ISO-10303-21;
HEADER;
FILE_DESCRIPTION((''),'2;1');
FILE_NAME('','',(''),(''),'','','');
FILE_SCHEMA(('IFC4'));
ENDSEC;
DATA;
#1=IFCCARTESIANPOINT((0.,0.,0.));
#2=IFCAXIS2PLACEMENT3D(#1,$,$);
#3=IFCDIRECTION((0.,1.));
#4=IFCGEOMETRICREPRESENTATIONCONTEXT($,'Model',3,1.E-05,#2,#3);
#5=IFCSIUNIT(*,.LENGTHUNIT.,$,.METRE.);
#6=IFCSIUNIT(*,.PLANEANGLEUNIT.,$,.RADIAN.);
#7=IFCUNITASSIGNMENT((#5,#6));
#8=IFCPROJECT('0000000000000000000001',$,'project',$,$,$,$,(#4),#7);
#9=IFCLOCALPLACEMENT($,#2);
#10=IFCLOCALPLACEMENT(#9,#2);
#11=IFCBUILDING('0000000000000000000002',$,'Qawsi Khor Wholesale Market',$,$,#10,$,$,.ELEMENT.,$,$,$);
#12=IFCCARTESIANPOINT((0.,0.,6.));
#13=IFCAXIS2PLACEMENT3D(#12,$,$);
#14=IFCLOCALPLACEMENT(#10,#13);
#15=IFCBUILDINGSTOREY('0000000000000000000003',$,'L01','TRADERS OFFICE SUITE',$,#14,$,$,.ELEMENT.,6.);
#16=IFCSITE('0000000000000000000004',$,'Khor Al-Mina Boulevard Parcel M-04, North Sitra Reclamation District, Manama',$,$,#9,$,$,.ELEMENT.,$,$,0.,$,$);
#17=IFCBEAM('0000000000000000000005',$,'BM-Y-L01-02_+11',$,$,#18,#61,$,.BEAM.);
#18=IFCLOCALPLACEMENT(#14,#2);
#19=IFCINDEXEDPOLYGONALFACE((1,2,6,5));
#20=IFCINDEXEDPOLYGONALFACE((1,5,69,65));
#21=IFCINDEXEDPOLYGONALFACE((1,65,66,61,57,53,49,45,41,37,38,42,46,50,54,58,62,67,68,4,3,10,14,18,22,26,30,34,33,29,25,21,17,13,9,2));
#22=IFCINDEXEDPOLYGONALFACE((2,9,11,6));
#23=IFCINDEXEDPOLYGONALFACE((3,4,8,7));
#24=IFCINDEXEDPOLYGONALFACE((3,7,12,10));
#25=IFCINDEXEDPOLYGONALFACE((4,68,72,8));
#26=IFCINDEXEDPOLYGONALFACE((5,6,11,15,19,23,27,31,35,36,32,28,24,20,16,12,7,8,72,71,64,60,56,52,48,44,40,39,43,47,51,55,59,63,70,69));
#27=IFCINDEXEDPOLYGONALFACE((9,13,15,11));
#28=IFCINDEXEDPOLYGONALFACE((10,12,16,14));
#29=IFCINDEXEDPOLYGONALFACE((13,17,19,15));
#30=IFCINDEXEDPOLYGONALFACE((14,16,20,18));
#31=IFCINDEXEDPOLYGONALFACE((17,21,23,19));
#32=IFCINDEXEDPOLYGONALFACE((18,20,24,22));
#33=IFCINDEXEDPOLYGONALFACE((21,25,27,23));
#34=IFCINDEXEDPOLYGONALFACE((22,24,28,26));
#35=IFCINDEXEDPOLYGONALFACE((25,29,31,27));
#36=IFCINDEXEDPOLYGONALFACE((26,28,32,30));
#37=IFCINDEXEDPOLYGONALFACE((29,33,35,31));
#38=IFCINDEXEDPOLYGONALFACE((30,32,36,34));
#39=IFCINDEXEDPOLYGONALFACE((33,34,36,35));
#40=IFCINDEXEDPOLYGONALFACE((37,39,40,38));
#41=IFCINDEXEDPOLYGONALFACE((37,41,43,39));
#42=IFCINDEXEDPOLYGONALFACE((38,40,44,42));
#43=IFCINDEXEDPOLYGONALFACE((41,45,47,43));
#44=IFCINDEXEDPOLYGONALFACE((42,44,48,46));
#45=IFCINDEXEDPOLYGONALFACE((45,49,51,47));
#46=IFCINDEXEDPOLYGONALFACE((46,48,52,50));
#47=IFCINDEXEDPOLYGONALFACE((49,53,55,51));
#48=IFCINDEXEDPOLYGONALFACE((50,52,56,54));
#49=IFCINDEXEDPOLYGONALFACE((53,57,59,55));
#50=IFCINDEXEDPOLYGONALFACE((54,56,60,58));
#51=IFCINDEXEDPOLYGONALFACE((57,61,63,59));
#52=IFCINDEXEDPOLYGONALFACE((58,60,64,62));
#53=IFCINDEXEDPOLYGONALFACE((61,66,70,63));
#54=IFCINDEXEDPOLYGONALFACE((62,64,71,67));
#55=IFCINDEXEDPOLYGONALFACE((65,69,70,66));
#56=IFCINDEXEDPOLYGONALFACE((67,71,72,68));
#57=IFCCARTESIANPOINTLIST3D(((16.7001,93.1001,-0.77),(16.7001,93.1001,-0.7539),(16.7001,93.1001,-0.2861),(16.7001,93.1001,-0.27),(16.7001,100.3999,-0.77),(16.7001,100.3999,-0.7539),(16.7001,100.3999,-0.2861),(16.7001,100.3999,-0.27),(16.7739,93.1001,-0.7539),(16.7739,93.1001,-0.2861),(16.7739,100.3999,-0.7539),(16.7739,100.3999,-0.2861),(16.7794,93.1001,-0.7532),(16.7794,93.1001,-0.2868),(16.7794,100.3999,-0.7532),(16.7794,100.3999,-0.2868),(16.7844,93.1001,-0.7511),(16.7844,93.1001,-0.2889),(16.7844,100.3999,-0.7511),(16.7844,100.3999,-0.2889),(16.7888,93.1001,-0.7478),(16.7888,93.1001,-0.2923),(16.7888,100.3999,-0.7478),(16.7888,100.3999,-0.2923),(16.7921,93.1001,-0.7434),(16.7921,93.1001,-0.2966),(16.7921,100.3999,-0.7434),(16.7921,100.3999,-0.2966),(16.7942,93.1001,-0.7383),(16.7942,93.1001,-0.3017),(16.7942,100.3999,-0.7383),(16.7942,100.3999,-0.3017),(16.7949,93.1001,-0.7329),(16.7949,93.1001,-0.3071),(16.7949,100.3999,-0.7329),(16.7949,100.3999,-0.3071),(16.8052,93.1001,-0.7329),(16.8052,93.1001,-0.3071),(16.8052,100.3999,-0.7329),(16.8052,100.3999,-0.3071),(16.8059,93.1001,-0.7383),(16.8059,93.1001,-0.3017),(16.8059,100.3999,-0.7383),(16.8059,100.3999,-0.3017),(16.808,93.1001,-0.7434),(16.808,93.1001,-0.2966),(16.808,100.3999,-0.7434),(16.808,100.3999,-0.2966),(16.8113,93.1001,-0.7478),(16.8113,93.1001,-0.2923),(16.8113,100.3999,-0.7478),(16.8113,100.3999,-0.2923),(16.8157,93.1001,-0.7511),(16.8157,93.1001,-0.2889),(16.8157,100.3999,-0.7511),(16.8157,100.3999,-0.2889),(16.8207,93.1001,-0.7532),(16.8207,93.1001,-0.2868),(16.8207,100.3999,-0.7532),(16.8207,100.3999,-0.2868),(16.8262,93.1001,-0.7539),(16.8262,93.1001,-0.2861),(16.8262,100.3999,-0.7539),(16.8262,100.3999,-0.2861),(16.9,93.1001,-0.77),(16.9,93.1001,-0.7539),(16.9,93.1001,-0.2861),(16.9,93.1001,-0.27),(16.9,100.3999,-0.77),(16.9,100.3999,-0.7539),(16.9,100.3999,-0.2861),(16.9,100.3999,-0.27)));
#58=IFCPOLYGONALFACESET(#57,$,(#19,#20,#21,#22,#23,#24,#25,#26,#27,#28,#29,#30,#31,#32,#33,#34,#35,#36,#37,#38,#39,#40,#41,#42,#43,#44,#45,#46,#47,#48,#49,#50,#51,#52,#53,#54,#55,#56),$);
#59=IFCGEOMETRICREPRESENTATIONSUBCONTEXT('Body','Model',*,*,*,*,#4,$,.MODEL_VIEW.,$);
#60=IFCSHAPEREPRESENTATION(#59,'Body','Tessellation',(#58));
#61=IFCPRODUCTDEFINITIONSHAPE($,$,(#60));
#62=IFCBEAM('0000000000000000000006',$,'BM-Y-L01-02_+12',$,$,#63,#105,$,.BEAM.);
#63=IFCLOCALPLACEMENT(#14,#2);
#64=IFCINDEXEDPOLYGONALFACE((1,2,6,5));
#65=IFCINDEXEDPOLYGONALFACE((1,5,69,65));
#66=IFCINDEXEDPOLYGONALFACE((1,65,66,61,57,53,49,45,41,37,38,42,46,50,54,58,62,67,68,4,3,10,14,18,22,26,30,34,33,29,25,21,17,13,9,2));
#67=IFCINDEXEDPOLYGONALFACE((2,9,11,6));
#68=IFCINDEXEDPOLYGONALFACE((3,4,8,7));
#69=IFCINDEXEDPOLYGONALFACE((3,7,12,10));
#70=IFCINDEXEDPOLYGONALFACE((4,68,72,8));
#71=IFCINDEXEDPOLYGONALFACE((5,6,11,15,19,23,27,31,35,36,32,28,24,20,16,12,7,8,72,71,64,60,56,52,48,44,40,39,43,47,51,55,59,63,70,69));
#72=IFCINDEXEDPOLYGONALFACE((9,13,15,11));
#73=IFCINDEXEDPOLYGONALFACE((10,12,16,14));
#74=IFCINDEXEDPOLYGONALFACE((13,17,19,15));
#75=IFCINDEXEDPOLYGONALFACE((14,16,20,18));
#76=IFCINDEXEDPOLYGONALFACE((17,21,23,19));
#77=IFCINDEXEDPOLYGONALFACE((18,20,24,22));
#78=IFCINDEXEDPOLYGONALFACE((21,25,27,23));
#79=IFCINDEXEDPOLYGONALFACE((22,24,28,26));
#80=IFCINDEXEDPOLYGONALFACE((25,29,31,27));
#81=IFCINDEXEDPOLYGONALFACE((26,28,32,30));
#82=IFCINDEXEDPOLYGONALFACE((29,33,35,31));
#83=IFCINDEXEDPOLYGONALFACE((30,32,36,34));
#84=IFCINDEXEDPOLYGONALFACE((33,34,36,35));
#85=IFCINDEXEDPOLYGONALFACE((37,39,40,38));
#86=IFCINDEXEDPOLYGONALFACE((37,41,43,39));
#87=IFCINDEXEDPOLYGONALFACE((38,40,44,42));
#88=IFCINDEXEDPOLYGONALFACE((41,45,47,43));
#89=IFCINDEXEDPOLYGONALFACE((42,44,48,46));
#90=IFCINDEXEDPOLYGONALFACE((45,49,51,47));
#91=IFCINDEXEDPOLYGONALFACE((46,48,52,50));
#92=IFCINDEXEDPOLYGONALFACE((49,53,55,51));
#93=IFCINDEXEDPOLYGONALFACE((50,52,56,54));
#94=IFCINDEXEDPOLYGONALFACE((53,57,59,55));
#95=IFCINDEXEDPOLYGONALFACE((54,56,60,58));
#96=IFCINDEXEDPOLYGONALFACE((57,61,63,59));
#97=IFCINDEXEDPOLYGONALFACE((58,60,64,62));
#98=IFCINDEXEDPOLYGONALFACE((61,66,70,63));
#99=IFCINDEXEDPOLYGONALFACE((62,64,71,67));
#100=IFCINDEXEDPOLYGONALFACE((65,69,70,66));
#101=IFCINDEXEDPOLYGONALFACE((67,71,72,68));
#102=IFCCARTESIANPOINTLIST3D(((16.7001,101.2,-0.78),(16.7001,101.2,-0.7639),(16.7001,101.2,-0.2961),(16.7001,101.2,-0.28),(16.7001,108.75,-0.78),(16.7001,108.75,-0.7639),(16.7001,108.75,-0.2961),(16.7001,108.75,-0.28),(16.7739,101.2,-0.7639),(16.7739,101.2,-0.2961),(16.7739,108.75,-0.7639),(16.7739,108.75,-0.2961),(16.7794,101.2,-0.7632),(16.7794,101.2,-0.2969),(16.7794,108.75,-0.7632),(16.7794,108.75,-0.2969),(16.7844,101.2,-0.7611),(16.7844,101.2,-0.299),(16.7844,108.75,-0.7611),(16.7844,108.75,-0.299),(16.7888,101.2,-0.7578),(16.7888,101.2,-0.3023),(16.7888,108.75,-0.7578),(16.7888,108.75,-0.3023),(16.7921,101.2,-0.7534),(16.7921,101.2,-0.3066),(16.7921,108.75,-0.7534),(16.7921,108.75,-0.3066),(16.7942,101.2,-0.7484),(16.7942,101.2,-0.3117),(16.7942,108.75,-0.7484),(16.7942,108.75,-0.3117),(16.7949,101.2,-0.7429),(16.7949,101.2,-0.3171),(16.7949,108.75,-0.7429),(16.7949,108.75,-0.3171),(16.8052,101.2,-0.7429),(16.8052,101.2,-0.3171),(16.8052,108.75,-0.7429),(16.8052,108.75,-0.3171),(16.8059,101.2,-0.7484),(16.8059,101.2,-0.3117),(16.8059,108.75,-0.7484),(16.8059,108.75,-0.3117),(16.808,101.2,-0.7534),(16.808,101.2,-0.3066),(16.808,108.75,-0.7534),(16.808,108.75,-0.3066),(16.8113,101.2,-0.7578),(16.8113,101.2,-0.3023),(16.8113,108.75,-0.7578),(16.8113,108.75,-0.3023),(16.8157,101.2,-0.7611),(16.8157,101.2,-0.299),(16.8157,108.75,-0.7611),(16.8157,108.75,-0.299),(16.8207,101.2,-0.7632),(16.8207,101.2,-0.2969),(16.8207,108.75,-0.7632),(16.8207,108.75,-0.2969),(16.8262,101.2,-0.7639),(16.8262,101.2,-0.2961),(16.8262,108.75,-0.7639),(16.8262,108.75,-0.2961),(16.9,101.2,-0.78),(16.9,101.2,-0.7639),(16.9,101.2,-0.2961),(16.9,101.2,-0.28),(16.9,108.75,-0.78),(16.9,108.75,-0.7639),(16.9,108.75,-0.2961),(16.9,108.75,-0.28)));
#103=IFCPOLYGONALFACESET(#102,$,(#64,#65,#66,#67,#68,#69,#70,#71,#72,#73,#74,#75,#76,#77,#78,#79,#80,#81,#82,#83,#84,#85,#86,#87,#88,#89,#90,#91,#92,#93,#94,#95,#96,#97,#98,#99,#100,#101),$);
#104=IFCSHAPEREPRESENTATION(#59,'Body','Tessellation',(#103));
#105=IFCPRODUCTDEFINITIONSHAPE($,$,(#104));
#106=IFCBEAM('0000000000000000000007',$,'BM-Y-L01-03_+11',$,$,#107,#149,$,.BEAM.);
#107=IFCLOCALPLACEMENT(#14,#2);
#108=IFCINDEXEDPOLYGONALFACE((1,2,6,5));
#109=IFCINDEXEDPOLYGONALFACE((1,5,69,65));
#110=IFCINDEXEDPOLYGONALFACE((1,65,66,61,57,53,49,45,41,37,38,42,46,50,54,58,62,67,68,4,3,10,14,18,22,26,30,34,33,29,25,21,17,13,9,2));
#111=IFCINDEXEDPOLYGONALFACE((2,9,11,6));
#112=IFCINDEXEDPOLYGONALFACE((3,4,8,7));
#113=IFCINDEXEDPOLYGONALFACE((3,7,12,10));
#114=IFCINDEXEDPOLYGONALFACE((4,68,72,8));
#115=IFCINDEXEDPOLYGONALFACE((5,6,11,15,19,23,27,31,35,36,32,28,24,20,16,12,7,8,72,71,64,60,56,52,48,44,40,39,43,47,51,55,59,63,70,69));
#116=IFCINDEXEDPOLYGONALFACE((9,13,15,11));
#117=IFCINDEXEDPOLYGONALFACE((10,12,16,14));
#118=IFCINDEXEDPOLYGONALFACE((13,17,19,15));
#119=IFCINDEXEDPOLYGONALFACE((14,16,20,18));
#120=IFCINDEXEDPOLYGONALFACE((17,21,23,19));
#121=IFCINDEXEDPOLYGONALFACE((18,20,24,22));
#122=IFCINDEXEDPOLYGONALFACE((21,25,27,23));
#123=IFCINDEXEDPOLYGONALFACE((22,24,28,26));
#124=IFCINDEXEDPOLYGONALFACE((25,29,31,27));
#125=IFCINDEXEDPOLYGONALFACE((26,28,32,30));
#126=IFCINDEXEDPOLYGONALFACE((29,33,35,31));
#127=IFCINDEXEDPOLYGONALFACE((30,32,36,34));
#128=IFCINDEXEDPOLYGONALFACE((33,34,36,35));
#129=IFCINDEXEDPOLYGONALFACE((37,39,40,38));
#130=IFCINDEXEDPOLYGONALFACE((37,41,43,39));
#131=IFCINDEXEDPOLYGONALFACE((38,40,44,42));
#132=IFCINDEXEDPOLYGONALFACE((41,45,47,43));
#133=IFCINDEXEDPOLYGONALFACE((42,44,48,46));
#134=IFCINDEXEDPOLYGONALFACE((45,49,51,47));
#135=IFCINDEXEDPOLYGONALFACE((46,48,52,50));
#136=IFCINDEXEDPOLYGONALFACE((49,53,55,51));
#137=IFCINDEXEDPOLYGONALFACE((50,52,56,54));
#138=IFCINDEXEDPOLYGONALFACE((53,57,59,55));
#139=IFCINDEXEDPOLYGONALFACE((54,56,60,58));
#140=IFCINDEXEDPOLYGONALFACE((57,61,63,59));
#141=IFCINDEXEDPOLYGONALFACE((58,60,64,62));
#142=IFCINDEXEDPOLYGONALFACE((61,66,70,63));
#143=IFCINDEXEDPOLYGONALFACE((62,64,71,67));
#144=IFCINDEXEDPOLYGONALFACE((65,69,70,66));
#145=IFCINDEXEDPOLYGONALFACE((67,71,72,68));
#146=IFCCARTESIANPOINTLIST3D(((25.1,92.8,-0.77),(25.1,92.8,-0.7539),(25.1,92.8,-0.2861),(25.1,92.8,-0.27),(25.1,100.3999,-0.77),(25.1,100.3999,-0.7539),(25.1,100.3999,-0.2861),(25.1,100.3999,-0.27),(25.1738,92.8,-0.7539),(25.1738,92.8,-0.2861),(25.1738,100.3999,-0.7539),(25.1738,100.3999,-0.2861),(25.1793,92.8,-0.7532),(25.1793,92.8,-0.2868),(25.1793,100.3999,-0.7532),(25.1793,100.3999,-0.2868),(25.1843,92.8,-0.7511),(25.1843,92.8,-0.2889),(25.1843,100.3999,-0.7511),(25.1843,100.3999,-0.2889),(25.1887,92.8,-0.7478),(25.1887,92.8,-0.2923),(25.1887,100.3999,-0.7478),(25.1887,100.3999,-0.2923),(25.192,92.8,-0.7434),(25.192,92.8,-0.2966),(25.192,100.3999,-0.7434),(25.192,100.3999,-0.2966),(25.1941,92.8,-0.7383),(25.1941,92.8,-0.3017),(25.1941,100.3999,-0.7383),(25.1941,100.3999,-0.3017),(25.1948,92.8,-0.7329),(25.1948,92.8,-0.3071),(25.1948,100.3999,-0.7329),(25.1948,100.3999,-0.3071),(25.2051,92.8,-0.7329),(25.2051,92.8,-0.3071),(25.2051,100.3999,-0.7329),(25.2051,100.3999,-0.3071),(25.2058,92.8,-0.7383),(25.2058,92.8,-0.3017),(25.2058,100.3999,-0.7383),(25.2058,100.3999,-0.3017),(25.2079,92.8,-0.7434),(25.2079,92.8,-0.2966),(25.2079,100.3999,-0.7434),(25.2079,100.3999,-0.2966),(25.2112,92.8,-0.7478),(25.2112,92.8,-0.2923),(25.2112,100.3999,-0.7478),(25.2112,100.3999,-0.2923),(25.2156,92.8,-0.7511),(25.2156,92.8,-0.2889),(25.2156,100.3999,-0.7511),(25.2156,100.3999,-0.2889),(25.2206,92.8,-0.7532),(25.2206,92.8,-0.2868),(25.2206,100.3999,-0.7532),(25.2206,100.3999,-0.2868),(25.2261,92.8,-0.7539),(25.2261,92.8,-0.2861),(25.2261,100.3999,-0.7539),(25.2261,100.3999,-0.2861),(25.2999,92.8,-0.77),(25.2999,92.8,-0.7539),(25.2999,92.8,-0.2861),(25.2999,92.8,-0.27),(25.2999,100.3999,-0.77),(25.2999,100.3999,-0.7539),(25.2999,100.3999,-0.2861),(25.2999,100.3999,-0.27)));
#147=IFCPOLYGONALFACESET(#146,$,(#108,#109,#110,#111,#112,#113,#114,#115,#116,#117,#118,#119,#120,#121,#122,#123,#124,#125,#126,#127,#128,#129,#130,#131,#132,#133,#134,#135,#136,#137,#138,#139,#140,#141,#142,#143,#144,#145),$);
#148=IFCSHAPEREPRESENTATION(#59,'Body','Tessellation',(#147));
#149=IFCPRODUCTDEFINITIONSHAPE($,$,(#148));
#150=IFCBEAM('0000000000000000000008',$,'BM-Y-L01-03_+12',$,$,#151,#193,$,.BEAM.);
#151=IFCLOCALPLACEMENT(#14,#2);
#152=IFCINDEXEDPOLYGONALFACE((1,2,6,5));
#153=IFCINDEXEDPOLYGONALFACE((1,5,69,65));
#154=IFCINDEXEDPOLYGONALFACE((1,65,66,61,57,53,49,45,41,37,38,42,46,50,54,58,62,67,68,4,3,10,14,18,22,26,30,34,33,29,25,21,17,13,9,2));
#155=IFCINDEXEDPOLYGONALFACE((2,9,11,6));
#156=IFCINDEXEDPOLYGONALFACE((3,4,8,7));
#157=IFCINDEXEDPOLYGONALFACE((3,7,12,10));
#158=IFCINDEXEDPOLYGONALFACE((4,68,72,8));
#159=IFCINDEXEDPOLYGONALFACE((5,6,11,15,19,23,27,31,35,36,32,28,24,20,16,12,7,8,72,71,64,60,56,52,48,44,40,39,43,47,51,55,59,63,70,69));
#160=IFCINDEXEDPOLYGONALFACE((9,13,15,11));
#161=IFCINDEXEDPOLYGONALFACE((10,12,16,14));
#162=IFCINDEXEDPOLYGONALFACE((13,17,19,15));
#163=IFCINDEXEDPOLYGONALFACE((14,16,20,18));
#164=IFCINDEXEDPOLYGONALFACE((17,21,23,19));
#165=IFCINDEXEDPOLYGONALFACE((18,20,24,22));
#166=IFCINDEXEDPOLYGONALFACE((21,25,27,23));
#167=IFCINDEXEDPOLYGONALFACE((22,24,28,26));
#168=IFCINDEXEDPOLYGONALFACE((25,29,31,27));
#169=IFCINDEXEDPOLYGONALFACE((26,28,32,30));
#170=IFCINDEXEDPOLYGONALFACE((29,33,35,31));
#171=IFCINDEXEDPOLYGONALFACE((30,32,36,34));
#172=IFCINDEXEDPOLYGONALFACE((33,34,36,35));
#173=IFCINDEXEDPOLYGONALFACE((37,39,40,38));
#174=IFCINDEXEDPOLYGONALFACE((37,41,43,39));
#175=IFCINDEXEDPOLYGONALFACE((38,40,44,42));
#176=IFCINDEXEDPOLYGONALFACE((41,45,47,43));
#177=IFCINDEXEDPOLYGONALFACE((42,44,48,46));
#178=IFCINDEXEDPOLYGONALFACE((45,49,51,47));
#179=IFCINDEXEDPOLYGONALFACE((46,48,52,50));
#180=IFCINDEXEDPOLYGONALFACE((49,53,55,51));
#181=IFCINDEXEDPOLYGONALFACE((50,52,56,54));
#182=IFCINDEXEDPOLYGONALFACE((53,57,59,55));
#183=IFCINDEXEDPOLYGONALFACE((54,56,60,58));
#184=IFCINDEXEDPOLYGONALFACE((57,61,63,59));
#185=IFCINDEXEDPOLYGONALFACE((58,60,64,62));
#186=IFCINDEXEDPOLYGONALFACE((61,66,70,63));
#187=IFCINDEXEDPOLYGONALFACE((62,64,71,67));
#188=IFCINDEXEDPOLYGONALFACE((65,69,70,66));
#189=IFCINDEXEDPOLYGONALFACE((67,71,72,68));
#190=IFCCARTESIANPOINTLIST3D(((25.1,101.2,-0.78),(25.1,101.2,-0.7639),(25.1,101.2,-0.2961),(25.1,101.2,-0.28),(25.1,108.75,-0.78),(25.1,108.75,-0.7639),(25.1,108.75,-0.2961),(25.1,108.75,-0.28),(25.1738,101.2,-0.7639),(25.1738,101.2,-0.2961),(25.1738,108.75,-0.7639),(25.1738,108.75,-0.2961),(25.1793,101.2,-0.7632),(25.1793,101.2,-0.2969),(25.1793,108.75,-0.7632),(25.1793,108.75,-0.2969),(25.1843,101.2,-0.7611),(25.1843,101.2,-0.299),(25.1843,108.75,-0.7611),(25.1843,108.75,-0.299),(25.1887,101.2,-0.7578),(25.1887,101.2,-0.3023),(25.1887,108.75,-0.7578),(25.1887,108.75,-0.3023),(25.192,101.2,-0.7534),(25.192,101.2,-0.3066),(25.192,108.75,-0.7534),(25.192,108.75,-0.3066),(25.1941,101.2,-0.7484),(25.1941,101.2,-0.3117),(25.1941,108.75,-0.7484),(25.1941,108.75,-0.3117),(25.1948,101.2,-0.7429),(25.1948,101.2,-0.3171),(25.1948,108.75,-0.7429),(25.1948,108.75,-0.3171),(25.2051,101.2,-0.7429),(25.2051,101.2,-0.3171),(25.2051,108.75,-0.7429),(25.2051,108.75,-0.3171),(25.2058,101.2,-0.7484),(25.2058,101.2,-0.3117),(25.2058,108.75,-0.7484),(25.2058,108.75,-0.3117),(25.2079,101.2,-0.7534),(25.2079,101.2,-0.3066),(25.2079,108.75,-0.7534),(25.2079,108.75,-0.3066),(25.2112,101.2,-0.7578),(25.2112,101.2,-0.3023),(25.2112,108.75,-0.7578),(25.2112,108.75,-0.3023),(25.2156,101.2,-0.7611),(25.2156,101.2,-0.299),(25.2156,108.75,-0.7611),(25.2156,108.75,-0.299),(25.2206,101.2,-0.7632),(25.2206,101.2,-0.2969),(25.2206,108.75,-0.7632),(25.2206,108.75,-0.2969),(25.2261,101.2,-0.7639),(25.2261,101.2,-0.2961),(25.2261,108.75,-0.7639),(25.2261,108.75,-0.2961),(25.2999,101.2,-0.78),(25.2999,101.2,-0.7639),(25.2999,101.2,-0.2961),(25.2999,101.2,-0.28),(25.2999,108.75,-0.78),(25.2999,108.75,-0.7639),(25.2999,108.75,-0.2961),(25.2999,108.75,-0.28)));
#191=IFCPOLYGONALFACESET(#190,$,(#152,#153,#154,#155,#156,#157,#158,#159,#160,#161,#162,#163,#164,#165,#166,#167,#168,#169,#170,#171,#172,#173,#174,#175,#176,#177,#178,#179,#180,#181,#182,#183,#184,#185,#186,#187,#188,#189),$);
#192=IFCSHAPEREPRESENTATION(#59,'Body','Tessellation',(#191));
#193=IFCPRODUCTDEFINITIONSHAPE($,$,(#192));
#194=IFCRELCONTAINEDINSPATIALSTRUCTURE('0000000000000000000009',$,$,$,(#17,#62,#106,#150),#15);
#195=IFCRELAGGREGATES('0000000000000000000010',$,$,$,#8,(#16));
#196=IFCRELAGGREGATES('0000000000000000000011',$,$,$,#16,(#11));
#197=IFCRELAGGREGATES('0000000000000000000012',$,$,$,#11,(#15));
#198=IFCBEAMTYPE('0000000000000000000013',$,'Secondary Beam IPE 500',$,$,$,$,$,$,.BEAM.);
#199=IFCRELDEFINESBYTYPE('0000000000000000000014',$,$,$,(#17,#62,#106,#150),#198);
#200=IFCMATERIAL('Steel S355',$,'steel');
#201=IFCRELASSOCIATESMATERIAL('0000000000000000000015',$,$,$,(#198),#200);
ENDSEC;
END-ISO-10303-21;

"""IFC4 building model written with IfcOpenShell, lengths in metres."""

from ifc_helpers import new_model, si_unit, direction, frame, origin, origin_2d, place, context, subcontext, project, spatial, i_section, extrude, material, material_profile, profile_set, type_object, element, save


model = new_model("IFC4")

# Units and contexts
model_context = context("Model", 3, precision=1e-05, world=origin(), true_north=direction((0.0, 1.0)))
body_context = subcontext(model_context, "Body", "Model", "MODEL_VIEW")
ifc_project = project(units=[si_unit("LENGTHUNIT", "METRE"), si_unit("PLANEANGLEUNIT", "RADIAN")], contexts=[model_context])

# Site, building, storey
site_placement = place(None, origin())
site = spatial("IfcSite", under=ifc_project, at=site_placement, Name="Khor Al-Mina Boulevard Parcel M-04, North Sitra Reclamation District, Manama", CompositionType="ELEMENT", RefElevation=0.0)
building_placement = place(site_placement, origin())
building = spatial("IfcBuilding", under=site, at=building_placement, Name="Qawsi Khor Wholesale Market", CompositionType="ELEMENT")
storey_placement = place(building_placement, frame((0.0, 0.0, 6.0)))
storey = spatial("IfcBuildingStorey", under=building, at=storey_placement, Name="L01", Description="TRADERS OFFICE SUITE", CompositionType="ELEMENT", Elevation=6.0)

# Beams
ifc_material_1 = material(Name="Steel S355", Category="steel")
ifc_material_profile_1 = material_profile(ifc_material_1, i_section(OverallWidth=0.2, OverallDepth=0.5, WebThickness=0.0103, FlangeThickness=0.0161, FilletRadius=0.021, at=origin_2d()), Name="IPE 500")
ifc_profile_set_1 = profile_set([ifc_material_profile_1], Name="Steel S355")
beam_type_1 = type_object("IfcBeamType", Name="Secondary Beam IPE 500", PredefinedType="BEAM", material=ifc_profile_set_1)
beam_1_placement = place(storey_placement, frame((16.8, 93.1001, -0.52), z_axis=(0.0, 1.0, 0.0), x_axis=(-1.0, 0.0, 0.0)))
element("IfcBeam", 1, at=beam_1_placement, inside=storey, type_object=beam_type_1, Name="BM-Y-L01-02_+11", PredefinedType="BEAM", context=body_context, shape_type="SweptSolid", body=[
    extrude(i_section(OverallWidth=0.2, OverallDepth=0.5, WebThickness=0.0103, FlangeThickness=0.0161, FilletRadius=0.021, at=origin_2d()), origin(), (0.0, 0.0, 1.0), 7.2998),
])
beam_2_placement = place(storey_placement, frame((16.8, 101.2, -0.53), z_axis=(0.0, 1.0, 0.0), x_axis=(-1.0, 0.0, 0.0)))
element("IfcBeam", 2, at=beam_2_placement, inside=storey, type_object=beam_type_1, Name="BM-Y-L01-02_+12", PredefinedType="BEAM", context=body_context, shape_type="SweptSolid", body=[
    extrude(i_section(OverallWidth=0.2, OverallDepth=0.5, WebThickness=0.0103, FlangeThickness=0.0161, FilletRadius=0.021, at=origin_2d()), origin(), (0.0, 0.0, 1.0), 7.55),
])
beam_3_placement = place(storey_placement, frame((25.2, 92.8, -0.52), z_axis=(0.0, 1.0, 0.0), x_axis=(-1.0, 0.0, 0.0)))
element("IfcBeam", 3, at=beam_3_placement, inside=storey, type_object=beam_type_1, Name="BM-Y-L01-03_+11", PredefinedType="BEAM", context=body_context, shape_type="SweptSolid", body=[
    extrude(i_section(OverallWidth=0.2, OverallDepth=0.5, WebThickness=0.0103, FlangeThickness=0.0161, FilletRadius=0.021, at=origin_2d()), origin(), (0.0, 0.0, 1.0), 7.5999),
])
beam_4_placement = place(storey_placement, frame((25.2, 101.2, -0.53), z_axis=(0.0, 1.0, 0.0), x_axis=(-1.0, 0.0, 0.0)))
element("IfcBeam", 4, at=beam_4_placement, inside=storey, type_object=beam_type_1, Name="BM-Y-L01-03_+12", PredefinedType="BEAM", context=body_context, shape_type="SweptSolid", body=[
    extrude(i_section(OverallWidth=0.2, OverallDepth=0.5, WebThickness=0.0103, FlangeThickness=0.0161, FilletRadius=0.021, at=origin_2d()), origin(), (0.0, 0.0, 1.0), 7.55),
])

save(model, "model.ifc")
